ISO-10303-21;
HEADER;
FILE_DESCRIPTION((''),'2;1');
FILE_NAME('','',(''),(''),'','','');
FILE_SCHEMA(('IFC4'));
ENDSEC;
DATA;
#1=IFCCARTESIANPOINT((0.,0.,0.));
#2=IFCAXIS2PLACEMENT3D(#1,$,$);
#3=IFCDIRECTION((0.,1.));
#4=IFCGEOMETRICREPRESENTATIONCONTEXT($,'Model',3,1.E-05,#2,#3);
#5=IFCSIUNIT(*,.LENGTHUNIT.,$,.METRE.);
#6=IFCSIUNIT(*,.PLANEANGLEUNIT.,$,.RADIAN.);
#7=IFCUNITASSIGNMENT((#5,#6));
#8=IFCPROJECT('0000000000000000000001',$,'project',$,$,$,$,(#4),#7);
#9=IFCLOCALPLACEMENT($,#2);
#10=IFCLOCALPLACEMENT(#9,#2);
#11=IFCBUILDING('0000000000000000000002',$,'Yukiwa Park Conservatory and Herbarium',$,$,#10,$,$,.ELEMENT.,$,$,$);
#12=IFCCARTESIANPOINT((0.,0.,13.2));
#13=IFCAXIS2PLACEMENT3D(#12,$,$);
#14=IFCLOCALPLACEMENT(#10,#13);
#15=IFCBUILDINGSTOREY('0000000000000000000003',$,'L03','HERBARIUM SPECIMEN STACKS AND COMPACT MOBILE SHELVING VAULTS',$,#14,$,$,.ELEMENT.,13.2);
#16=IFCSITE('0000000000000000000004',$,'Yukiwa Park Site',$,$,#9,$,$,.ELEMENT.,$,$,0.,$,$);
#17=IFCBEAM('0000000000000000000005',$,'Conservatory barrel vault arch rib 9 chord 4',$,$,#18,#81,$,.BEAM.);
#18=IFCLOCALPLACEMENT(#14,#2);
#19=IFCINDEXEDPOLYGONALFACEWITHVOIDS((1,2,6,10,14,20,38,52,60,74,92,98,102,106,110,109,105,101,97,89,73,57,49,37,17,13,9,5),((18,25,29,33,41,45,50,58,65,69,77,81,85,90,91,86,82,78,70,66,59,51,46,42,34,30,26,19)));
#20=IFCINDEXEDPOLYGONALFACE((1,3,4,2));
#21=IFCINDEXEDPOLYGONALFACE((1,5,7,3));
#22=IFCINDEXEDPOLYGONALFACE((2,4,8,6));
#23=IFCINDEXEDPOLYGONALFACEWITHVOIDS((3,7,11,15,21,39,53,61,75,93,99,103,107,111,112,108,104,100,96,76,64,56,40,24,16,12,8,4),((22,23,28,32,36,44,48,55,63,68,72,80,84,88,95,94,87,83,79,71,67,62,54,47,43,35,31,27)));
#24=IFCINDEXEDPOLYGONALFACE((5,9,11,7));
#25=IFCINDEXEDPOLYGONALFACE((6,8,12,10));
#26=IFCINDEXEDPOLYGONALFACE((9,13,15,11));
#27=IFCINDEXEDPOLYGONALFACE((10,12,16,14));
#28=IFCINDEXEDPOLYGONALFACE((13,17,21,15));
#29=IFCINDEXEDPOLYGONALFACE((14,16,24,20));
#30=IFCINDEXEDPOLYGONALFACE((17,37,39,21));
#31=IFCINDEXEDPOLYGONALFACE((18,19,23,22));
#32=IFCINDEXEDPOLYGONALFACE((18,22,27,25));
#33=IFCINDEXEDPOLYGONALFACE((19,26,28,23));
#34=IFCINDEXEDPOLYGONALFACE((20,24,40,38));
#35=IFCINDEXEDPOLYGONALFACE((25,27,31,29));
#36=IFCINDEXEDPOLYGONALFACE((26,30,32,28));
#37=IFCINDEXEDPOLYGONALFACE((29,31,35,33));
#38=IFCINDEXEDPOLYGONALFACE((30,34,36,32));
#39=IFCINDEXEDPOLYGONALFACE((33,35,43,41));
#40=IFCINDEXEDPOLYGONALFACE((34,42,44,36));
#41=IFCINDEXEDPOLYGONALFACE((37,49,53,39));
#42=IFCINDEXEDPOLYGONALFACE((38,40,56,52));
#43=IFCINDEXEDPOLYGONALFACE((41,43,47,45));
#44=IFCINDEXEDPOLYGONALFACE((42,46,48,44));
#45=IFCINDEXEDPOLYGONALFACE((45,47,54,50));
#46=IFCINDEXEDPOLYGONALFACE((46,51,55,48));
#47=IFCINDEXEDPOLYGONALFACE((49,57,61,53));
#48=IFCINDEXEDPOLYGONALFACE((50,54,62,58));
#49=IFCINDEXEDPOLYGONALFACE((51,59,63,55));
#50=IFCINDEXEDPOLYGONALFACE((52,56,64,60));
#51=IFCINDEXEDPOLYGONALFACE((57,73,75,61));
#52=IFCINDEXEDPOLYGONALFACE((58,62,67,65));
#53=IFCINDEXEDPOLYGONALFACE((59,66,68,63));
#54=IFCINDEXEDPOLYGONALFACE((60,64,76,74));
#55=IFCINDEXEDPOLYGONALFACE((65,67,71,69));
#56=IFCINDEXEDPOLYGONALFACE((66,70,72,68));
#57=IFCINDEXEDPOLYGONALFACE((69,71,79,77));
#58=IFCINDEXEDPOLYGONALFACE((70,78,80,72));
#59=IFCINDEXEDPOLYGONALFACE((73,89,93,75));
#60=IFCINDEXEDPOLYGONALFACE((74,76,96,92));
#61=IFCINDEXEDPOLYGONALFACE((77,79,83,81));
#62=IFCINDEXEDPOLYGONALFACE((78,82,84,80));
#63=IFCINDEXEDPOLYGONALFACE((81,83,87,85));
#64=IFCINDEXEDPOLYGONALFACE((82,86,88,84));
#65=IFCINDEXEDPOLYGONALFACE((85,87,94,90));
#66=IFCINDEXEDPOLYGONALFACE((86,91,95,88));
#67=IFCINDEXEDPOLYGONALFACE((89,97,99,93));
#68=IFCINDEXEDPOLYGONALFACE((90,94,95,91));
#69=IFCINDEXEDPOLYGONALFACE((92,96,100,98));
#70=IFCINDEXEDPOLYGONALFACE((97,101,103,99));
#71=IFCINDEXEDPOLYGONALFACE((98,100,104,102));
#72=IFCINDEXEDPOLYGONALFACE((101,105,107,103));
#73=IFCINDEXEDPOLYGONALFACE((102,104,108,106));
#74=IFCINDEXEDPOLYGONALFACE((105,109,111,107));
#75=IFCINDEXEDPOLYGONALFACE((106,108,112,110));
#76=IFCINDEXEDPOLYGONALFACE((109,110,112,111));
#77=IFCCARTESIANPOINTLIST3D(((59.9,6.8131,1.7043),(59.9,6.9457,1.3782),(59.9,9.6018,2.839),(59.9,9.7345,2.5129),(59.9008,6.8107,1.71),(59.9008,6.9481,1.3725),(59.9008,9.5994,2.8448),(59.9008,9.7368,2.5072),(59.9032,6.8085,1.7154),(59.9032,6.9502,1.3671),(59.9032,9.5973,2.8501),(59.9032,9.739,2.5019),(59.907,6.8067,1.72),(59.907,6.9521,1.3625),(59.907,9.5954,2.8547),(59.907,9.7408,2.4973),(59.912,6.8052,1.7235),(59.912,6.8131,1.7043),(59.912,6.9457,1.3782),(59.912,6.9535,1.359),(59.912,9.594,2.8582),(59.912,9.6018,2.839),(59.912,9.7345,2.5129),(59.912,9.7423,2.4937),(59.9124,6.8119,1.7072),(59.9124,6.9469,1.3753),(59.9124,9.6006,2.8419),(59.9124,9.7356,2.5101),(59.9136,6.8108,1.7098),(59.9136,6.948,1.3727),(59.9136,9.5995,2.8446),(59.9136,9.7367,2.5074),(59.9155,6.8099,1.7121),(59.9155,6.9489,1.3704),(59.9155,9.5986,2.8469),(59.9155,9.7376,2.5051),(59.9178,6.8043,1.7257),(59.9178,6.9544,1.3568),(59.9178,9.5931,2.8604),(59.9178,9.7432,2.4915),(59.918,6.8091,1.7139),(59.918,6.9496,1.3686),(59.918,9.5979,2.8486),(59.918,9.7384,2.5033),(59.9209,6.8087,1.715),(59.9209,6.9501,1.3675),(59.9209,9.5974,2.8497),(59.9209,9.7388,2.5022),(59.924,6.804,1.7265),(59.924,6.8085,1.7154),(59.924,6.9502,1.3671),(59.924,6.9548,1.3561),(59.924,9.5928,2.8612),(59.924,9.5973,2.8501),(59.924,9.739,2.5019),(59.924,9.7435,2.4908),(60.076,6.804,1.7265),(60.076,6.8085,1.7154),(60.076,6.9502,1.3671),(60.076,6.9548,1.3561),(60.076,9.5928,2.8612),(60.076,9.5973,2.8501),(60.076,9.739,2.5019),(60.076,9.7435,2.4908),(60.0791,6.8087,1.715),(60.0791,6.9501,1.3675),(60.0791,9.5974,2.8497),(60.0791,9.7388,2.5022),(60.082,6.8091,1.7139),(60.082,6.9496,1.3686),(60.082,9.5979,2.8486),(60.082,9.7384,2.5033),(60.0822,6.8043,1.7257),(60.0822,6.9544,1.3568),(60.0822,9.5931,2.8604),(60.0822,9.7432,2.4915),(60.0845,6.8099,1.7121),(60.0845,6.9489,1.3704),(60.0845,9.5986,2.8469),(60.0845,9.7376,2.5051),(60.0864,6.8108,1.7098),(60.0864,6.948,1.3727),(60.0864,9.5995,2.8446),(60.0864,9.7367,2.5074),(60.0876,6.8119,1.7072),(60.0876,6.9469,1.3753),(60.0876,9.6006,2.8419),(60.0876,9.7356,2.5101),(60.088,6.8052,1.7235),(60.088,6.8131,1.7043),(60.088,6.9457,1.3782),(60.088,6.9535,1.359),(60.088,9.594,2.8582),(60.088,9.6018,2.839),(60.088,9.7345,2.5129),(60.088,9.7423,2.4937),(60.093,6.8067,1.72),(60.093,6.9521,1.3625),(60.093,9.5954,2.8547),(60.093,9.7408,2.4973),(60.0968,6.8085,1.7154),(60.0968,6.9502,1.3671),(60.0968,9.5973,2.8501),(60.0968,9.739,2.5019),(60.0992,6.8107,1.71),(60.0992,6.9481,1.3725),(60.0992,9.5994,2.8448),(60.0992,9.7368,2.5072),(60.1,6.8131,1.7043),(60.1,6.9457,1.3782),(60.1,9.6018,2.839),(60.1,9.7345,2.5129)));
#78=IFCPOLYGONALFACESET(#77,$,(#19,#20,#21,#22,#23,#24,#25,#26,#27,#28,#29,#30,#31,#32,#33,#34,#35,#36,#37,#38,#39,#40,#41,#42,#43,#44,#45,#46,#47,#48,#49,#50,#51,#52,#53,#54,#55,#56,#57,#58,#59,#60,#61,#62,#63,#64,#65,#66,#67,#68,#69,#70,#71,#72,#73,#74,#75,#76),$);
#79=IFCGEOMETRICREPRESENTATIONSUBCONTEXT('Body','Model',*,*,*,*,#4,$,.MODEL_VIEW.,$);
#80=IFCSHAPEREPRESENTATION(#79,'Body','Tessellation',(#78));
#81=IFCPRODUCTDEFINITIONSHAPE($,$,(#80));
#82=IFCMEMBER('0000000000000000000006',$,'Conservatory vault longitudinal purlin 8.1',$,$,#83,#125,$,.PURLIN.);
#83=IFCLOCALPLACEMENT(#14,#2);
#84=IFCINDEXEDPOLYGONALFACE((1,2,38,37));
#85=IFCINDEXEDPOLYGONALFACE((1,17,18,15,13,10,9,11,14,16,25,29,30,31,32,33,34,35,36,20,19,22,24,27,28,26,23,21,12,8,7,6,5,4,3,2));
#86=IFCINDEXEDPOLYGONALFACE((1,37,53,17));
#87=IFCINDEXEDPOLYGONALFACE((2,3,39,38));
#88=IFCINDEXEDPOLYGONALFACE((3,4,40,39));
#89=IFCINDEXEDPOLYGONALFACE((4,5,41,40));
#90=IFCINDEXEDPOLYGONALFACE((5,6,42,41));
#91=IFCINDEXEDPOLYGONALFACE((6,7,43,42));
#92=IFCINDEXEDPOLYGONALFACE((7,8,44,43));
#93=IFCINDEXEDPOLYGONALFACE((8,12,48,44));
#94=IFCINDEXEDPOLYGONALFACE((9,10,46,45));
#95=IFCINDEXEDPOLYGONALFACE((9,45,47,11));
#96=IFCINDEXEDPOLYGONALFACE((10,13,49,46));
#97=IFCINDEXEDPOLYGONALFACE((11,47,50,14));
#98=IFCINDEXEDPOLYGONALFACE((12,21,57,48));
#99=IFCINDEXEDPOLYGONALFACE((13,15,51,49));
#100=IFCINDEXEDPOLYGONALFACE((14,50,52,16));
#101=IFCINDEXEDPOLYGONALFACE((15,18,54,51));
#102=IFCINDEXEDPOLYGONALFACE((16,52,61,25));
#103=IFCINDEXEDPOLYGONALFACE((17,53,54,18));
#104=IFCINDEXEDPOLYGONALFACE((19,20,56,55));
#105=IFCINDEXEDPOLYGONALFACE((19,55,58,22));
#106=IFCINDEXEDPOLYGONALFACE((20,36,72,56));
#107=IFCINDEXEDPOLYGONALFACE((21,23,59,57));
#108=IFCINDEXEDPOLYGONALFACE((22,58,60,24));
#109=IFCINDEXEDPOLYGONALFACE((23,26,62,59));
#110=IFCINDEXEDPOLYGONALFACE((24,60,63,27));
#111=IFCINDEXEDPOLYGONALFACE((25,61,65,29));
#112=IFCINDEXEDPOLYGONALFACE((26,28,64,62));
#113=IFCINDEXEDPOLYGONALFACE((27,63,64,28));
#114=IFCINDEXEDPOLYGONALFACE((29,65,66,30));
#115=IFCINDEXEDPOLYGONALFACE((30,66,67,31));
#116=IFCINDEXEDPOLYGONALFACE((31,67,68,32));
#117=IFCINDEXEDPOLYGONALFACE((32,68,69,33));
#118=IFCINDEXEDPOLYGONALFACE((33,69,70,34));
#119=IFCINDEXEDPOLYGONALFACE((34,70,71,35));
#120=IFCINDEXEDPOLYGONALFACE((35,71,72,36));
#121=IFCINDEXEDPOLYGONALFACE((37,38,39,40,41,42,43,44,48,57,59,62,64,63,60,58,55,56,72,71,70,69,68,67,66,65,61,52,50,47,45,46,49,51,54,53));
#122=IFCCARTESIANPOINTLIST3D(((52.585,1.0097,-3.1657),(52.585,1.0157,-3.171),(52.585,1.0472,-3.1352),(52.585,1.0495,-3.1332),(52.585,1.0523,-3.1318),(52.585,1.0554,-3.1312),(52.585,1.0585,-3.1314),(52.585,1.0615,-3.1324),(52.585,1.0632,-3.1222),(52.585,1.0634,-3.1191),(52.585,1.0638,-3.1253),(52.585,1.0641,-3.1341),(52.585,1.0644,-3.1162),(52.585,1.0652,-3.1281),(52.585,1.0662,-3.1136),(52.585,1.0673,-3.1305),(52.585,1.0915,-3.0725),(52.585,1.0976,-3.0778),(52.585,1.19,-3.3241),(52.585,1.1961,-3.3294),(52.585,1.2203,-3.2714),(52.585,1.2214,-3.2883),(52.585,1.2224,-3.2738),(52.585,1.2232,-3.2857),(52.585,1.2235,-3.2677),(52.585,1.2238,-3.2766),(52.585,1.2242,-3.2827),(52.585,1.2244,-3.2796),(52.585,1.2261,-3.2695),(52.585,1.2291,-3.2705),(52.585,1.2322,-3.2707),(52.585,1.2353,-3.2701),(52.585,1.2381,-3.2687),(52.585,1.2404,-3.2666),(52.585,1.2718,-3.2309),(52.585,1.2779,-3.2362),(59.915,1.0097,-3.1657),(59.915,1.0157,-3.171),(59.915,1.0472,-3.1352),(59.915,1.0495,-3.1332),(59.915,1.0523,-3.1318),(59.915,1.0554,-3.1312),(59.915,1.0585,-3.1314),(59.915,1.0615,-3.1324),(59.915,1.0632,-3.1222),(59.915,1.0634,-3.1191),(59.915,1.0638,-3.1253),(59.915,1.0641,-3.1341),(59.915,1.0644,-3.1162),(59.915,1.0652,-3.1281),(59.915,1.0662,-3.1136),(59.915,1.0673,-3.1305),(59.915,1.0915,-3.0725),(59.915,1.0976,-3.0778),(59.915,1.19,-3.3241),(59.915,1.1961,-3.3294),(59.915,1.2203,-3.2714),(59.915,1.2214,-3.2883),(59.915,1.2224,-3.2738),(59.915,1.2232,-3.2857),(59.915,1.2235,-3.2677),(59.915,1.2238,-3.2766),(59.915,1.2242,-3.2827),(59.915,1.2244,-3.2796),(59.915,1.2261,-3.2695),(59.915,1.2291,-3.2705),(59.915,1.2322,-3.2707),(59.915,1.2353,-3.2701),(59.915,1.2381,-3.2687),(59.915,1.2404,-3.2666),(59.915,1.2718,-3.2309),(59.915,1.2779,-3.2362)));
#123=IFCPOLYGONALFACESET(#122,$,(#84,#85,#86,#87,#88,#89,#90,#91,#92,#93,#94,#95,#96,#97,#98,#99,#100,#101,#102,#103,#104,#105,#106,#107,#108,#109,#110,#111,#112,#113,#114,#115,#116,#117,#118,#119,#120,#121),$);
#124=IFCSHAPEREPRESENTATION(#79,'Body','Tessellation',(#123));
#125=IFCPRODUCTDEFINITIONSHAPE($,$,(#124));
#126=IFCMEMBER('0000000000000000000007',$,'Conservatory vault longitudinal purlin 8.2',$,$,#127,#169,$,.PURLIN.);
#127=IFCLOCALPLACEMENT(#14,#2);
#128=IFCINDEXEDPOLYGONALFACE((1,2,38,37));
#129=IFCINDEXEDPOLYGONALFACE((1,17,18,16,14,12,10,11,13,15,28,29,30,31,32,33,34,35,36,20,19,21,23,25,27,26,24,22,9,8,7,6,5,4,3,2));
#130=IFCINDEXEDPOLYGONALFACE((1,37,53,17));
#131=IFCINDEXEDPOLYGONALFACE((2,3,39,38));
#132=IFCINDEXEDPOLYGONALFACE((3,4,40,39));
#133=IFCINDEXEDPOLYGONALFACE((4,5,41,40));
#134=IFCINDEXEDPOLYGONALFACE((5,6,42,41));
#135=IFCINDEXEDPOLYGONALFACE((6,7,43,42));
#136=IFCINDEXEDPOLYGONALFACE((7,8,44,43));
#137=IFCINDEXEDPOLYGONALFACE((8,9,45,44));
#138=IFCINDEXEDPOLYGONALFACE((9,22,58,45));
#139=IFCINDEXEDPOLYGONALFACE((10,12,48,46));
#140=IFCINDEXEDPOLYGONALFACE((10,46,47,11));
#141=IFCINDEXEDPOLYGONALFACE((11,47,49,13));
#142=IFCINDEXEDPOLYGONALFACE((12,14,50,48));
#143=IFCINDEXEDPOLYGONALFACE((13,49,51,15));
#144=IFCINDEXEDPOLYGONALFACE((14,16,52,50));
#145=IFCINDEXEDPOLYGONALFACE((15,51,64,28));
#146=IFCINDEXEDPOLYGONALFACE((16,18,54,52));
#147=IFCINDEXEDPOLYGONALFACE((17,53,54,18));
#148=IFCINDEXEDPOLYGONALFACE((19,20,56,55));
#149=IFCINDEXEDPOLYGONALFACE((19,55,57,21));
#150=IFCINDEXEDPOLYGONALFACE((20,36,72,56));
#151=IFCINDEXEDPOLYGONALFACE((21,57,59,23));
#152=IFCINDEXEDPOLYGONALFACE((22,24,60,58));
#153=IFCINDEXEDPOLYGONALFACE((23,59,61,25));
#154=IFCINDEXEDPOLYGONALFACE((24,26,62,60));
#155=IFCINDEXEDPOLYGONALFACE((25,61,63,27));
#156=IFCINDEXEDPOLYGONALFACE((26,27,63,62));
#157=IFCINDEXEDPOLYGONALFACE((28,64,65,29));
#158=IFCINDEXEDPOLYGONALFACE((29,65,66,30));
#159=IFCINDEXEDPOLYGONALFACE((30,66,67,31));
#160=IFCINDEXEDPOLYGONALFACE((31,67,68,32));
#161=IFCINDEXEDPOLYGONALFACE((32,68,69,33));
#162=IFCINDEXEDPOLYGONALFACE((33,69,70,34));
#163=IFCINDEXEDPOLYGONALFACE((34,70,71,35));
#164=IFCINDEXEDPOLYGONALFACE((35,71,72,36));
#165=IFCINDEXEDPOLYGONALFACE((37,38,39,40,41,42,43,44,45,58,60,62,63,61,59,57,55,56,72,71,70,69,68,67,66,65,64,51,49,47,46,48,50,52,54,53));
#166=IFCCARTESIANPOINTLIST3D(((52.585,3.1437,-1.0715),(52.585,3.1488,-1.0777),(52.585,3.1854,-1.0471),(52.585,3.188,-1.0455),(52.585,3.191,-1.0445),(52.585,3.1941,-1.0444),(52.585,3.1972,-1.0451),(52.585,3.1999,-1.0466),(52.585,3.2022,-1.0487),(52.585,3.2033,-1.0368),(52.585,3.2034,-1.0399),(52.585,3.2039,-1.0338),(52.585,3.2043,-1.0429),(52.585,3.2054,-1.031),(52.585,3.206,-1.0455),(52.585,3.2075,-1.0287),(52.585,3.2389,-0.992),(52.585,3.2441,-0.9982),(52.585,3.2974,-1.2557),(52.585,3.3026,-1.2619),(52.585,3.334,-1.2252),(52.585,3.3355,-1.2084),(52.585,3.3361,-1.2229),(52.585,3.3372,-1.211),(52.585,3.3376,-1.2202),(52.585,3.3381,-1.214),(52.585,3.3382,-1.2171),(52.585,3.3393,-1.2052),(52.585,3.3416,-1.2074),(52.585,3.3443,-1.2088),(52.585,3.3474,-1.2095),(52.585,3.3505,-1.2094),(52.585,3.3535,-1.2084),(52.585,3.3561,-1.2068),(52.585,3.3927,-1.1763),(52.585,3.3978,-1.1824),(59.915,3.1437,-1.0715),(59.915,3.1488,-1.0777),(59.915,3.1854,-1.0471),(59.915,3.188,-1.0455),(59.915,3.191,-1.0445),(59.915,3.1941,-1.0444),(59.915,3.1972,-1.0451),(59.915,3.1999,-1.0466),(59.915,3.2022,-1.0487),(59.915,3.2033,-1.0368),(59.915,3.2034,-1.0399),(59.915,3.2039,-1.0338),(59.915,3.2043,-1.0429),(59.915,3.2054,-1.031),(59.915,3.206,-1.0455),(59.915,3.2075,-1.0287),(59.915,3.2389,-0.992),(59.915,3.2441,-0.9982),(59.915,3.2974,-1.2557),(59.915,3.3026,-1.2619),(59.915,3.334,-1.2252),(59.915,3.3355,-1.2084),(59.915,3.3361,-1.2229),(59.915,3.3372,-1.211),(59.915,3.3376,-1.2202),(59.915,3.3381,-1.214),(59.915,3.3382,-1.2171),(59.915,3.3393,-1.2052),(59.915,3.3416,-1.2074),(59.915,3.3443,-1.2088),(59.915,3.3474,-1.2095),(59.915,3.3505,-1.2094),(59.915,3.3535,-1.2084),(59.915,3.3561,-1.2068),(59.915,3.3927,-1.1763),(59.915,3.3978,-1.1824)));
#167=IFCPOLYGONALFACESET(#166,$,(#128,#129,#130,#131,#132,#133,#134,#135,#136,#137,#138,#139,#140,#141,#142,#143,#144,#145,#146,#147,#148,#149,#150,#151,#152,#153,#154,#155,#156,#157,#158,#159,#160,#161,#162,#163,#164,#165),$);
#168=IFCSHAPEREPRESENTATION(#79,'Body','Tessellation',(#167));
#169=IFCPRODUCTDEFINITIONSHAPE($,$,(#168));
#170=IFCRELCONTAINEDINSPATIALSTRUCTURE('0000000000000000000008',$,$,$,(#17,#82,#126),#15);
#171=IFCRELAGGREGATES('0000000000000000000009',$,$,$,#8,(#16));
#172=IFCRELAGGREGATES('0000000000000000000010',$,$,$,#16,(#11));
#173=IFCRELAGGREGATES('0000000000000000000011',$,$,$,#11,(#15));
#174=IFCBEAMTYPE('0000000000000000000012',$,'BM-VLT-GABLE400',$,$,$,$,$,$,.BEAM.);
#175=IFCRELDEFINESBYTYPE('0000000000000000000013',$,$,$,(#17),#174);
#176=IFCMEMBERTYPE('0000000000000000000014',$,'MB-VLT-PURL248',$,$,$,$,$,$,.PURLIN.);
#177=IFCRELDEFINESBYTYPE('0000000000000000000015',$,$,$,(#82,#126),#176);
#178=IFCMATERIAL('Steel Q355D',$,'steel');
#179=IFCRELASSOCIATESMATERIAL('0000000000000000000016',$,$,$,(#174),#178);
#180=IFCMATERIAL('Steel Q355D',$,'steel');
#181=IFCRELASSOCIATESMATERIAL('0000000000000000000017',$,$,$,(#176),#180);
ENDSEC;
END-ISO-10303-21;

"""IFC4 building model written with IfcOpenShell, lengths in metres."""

from ifc_helpers import new_model, si_unit, direction, frame, origin, origin_2d, place, context, subcontext, project, spatial, hollow_rectangle, i_section, extrude, material, material_profile, profile_set, type_object, element, save


model = new_model("IFC4")

# Units and contexts
model_context = context("Model", 3, precision=1e-05, world=origin(), true_north=direction((0.0, 1.0)))
body_context = subcontext(model_context, "Body", "Model", "MODEL_VIEW")
ifc_project = project(units=[si_unit("LENGTHUNIT", "METRE"), si_unit("PLANEANGLEUNIT", "RADIAN")], contexts=[model_context])

# Site, building, storey
site_placement = place(None, origin())
site = spatial("IfcSite", under=ifc_project, at=site_placement, Name="Yukiwa Park Site", CompositionType="ELEMENT", RefElevation=0.0)
building_placement = place(site_placement, origin())
building = spatial("IfcBuilding", under=site, at=building_placement, Name="Yukiwa Park Conservatory and Herbarium", CompositionType="ELEMENT")
storey_placement = place(building_placement, frame((0.0, 0.0, 13.2)))
storey = spatial("IfcBuildingStorey", under=building, at=storey_placement, Name="L03", Description="HERBARIUM SPECIMEN STACKS AND COMPACT MOBILE SHELVING VAULTS", CompositionType="ELEMENT", Elevation=13.2)

# Beam
ifc_material_1 = material(Name="Steel Q355D", Category="steel")
ifc_material_profile_1 = material_profile(ifc_material_1, hollow_rectangle(XDim=0.2, YDim=0.3999, WallThickness=0.012, InnerFilletRadius=0.012, OuterFilletRadius=0.0239, at=origin_2d()), Name="RHS 400x200x12")
ifc_profile_set_1 = profile_set([ifc_material_profile_1], Name="Steel Q355D")
beam_type_1 = type_object("IfcBeamType", Name="BM-VLT-GABLE400", PredefinedType="BEAM", material=ifc_profile_set_1)
for number, where, z_axis, x_axis, name in (
    (1, (60.0, 6.8794, 1.5413), (0.0, 0.926257, 0.376892), (-1.0, 0.0, 0.0), "Conservatory barrel vault arch rib 9 chord 4"),
):
    element("IfcBeam", number, at=place(storey_placement, frame(where, z_axis=z_axis, x_axis=x_axis)), inside=storey, type_object=beam_type_1, Name=name, PredefinedType="BEAM", context=body_context, shape_type="SweptSolid", body=[
        extrude(hollow_rectangle(XDim=0.2, YDim=0.3999, WallThickness=0.012, InnerFilletRadius=0.012, OuterFilletRadius=0.0239, at=origin_2d()), origin(), (0.0, 0.0, 1.0), 3.0107),
    ])

# Members
ifc_material_2 = material(Name="Steel Q355D", Category="steel")
ifc_material_profile_2 = material_profile(ifc_material_2, i_section(OverallWidth=0.124, OverallDepth=0.248, WebThickness=0.0049, FlangeThickness=0.0081, FilletRadius=0.012, at=origin_2d()), Name="HN 248x124x5x8")
ifc_profile_set_2 = profile_set([ifc_material_profile_2], Name="Steel Q355D")
member_type_1 = type_object("IfcMemberType", Name="MB-VLT-PURL248", PredefinedType="PURLIN", material=ifc_profile_set_2)
for number, where, z_axis, x_axis, name in (
    (2, (52.585, 1.1438, -3.2009), (1.0, 0.0, 0.0), (0.0, 0.659968, 0.751294), "Conservatory vault longitudinal purlin 8.1"),
    (3, (52.585, 3.2708, -1.127), (1.0, 0.0, 0.0), (0.0, 0.767751, 0.640748), "Conservatory vault longitudinal purlin 8.2"),
):
    element("IfcMember", number, at=place(storey_placement, frame(where, z_axis=z_axis, x_axis=x_axis)), inside=storey, type_object=member_type_1, Name=name, PredefinedType="PURLIN", context=body_context, shape_type="SweptSolid", body=[
        extrude(i_section(OverallWidth=0.124, OverallDepth=0.248, WebThickness=0.0049, FlangeThickness=0.0081, FilletRadius=0.012, at=origin_2d()), origin(), (0.0, 0.0, 1.0), 7.3301),
    ])

save(model, "model.ifc")
